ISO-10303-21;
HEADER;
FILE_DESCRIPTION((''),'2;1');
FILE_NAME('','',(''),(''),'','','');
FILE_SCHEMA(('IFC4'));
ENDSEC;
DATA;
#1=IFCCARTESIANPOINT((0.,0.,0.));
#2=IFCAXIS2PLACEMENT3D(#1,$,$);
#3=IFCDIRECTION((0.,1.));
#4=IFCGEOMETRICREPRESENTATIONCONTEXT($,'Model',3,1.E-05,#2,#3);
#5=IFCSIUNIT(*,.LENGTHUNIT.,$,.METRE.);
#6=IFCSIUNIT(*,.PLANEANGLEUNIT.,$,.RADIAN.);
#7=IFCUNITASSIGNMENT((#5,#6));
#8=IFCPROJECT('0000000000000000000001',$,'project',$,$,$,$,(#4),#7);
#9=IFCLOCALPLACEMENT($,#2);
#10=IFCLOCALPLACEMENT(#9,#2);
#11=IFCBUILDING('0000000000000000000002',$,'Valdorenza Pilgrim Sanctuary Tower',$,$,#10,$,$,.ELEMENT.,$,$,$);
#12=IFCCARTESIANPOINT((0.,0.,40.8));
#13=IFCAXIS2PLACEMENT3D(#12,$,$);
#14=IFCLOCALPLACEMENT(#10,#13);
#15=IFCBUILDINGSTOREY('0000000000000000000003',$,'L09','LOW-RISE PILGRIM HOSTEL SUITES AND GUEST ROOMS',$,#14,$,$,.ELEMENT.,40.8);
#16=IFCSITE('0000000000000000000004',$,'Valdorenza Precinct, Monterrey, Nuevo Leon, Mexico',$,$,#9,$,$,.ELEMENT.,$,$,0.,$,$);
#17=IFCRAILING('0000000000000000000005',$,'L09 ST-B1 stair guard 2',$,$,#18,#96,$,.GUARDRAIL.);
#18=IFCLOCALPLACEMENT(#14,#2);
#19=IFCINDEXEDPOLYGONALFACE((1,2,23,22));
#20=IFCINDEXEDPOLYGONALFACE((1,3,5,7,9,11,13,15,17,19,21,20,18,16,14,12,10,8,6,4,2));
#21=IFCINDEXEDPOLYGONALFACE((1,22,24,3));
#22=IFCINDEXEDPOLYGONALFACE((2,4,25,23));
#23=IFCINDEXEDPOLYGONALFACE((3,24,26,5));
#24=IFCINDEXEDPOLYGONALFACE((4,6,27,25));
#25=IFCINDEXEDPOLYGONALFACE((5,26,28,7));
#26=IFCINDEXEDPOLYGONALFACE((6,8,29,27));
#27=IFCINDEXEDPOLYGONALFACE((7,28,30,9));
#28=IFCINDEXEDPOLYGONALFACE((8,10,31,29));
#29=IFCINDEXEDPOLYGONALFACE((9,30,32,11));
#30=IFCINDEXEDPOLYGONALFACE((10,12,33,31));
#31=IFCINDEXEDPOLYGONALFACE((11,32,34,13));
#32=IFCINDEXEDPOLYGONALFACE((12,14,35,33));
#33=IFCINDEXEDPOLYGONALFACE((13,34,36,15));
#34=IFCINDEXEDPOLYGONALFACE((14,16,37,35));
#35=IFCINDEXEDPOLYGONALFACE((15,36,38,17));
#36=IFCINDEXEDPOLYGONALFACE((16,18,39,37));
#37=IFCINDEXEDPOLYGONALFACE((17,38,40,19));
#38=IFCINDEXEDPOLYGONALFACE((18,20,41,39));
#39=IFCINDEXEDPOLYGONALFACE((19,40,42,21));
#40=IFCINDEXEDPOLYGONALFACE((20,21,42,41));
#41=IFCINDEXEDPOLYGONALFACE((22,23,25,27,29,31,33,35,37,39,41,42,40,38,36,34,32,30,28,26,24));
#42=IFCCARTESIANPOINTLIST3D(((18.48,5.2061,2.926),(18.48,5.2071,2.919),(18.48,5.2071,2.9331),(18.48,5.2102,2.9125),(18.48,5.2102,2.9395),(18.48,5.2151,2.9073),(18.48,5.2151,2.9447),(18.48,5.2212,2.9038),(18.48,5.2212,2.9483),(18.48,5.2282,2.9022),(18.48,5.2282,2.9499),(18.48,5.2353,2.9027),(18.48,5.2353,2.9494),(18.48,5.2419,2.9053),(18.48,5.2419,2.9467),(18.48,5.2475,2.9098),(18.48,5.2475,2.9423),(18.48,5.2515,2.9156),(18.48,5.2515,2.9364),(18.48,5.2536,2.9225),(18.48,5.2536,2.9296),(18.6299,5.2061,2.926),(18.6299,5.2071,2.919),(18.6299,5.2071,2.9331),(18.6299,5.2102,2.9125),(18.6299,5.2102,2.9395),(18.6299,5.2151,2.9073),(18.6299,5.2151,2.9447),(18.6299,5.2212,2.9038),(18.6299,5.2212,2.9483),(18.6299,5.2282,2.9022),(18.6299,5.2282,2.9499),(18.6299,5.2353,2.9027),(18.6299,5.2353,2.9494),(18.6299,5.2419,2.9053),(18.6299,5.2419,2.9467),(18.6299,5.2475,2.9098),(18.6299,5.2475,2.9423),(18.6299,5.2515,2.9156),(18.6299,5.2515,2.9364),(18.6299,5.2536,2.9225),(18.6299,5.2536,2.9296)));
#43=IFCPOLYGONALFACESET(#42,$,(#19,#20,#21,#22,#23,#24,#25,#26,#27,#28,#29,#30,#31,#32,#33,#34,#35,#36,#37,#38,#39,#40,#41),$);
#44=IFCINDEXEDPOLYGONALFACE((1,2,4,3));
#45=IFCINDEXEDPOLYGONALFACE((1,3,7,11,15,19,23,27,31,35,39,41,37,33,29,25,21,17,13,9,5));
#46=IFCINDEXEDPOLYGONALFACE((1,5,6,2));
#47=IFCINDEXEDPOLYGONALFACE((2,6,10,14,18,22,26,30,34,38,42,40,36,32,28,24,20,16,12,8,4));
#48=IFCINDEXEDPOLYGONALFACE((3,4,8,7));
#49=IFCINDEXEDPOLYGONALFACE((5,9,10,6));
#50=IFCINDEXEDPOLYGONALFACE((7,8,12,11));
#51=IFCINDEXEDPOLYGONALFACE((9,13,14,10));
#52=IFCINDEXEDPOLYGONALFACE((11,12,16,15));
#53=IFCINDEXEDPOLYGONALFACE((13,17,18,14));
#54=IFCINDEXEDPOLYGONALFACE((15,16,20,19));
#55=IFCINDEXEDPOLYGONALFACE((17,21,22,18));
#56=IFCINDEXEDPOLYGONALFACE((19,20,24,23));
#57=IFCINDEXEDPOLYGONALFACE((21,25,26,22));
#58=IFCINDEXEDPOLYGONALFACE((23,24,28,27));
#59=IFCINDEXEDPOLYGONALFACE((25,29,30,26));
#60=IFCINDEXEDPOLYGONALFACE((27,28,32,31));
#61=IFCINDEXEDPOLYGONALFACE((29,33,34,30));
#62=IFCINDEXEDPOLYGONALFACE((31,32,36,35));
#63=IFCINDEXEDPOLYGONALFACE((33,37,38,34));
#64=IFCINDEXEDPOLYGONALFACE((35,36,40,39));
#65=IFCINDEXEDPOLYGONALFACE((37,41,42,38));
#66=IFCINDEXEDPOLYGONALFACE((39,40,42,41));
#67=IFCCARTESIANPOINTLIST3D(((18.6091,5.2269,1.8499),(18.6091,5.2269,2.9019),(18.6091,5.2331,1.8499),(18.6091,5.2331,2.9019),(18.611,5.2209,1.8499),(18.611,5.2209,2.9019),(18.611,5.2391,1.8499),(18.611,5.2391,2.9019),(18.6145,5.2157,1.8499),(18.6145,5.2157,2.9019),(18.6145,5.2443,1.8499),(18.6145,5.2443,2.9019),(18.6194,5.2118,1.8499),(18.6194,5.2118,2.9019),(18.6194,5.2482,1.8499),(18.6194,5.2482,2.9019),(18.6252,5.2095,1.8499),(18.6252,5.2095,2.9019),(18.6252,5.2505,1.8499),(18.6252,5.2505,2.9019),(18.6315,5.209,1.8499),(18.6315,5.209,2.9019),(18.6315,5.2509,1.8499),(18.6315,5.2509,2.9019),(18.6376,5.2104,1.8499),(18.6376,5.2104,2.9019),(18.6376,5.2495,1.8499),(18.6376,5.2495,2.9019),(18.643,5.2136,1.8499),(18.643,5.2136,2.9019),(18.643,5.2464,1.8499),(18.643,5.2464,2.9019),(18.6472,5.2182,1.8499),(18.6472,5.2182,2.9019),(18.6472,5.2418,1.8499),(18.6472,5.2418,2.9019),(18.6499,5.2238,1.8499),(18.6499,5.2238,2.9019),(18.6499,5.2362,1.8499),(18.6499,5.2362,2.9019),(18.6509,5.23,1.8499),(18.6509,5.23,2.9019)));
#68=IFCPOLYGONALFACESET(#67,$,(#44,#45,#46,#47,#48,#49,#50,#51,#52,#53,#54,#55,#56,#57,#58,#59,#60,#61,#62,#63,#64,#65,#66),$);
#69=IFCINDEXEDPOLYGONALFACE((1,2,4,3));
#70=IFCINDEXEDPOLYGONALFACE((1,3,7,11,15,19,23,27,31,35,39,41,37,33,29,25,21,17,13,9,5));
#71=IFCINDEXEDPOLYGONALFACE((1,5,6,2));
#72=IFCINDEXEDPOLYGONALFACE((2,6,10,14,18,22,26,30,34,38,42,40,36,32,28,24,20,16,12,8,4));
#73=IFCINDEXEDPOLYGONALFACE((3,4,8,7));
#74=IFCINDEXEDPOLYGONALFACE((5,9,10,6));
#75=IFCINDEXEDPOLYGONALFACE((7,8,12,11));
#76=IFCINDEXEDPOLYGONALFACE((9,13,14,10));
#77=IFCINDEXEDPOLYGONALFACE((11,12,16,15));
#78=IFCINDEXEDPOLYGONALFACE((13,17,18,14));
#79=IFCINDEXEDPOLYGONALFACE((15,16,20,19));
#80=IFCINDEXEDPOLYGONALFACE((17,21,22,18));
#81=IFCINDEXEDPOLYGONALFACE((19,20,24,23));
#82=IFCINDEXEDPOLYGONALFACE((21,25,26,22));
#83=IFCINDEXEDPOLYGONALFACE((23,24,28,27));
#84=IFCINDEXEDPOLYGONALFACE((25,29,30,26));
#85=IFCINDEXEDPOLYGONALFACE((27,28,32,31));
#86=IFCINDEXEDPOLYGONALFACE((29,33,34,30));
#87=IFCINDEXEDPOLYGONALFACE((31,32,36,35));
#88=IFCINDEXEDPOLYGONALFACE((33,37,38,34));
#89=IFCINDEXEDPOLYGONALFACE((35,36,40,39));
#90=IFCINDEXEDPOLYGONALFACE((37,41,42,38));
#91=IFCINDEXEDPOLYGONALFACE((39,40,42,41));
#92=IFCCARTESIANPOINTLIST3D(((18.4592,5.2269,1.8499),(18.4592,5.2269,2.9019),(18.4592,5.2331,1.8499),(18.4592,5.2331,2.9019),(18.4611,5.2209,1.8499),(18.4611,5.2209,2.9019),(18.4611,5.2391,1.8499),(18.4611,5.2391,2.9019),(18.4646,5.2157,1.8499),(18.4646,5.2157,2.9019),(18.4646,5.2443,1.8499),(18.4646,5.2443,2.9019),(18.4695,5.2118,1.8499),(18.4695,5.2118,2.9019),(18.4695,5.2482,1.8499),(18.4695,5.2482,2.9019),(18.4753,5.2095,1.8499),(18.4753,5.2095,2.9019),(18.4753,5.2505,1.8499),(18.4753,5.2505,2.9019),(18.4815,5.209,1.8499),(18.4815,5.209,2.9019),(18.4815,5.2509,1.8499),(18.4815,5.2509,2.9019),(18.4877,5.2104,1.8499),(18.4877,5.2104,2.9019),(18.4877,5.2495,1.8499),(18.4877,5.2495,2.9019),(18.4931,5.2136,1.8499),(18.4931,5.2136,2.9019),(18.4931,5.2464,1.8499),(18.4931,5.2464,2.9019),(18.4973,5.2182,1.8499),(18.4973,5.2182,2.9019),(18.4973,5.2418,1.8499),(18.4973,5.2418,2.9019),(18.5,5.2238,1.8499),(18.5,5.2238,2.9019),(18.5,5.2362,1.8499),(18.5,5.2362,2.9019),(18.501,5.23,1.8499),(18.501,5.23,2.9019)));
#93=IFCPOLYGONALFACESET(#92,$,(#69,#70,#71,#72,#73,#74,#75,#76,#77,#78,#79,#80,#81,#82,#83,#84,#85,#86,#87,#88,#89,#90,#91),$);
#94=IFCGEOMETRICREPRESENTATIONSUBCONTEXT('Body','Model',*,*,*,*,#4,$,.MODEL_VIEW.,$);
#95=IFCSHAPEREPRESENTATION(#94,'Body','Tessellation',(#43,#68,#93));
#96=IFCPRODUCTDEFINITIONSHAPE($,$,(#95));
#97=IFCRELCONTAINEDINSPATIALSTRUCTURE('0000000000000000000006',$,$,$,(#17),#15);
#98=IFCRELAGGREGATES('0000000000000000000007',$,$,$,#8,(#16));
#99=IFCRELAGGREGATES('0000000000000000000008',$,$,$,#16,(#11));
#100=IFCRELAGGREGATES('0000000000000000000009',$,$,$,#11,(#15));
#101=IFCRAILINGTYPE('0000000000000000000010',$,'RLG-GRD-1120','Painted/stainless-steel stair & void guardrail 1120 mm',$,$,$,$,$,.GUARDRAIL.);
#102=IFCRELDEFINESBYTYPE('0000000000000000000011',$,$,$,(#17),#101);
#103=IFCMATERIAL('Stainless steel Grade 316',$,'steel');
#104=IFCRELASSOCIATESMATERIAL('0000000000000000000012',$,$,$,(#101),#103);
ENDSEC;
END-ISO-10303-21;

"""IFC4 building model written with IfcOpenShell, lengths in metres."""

from ifc_helpers import new_model, si_unit, direction, frame, origin, origin_2d, place, context, subcontext, project, spatial, circle, extrude, material, type_object, element, save


model = new_model("IFC4")

# Units and contexts
model_context = context("Model", 3, precision=1e-05, world=origin(), true_north=direction((0.0, 1.0)))
body_context = subcontext(model_context, "Body", "Model", "MODEL_VIEW")
ifc_project = project(units=[si_unit("LENGTHUNIT", "METRE"), si_unit("PLANEANGLEUNIT", "RADIAN")], contexts=[model_context])

# Site, building, storey
site_placement = place(None, origin())
site = spatial("IfcSite", under=ifc_project, at=site_placement, Name="Valdorenza Precinct, Monterrey, Nuevo Leon, Mexico", CompositionType="ELEMENT", RefElevation=0.0)
building_placement = place(site_placement, origin())
building = spatial("IfcBuilding", under=site, at=building_placement, Name="Valdorenza Pilgrim Sanctuary Tower", CompositionType="ELEMENT")
storey_placement = place(building_placement, frame((0.0, 0.0, 40.8)))
storey = spatial("IfcBuildingStorey", under=building, at=storey_placement, Name="L09", Description="LOW-RISE PILGRIM HOSTEL SUITES AND GUEST ROOMS", CompositionType="ELEMENT", Elevation=40.8)

# Railing
ifc_material_1 = material(Name="Stainless steel Grade 316", Category="steel")
railing_type_1 = type_object("IfcRailingType", Name="RLG-GRD-1120", Description="Painted/stainless-steel stair & void guardrail 1120 mm", PredefinedType="GUARDRAIL", material=ifc_material_1)
railing_1_placement = place(storey_placement, frame((18.6299, 5.23, 1.8499)))
element("IfcRailing", 1, at=railing_1_placement, inside=storey, type_object=railing_type_1, Name="L09 ST-B1 stair guard 2", PredefinedType="GUARDRAIL", context=body_context, shape_type="SweptSolid", body=[
    extrude(circle(Radius=0.0239, at=origin_2d()), frame((0.0, 0.0, 1.0762), z_axis=(-1.0, 0.0, 0.0), x_axis=(0.0, -1.0, 0.0)), (0.0, 0.0, 1.0), 0.1499),
    extrude(circle(Radius=0.021, at=origin_2d()), origin(), (0.0, 0.0, 1.0), 1.052),
    extrude(circle(Radius=0.021, at=origin_2d()), frame((-0.1499, 0.0, 0.0)), (0.0, 0.0, 1.0), 1.052),
])

save(model, "model.ifc")
